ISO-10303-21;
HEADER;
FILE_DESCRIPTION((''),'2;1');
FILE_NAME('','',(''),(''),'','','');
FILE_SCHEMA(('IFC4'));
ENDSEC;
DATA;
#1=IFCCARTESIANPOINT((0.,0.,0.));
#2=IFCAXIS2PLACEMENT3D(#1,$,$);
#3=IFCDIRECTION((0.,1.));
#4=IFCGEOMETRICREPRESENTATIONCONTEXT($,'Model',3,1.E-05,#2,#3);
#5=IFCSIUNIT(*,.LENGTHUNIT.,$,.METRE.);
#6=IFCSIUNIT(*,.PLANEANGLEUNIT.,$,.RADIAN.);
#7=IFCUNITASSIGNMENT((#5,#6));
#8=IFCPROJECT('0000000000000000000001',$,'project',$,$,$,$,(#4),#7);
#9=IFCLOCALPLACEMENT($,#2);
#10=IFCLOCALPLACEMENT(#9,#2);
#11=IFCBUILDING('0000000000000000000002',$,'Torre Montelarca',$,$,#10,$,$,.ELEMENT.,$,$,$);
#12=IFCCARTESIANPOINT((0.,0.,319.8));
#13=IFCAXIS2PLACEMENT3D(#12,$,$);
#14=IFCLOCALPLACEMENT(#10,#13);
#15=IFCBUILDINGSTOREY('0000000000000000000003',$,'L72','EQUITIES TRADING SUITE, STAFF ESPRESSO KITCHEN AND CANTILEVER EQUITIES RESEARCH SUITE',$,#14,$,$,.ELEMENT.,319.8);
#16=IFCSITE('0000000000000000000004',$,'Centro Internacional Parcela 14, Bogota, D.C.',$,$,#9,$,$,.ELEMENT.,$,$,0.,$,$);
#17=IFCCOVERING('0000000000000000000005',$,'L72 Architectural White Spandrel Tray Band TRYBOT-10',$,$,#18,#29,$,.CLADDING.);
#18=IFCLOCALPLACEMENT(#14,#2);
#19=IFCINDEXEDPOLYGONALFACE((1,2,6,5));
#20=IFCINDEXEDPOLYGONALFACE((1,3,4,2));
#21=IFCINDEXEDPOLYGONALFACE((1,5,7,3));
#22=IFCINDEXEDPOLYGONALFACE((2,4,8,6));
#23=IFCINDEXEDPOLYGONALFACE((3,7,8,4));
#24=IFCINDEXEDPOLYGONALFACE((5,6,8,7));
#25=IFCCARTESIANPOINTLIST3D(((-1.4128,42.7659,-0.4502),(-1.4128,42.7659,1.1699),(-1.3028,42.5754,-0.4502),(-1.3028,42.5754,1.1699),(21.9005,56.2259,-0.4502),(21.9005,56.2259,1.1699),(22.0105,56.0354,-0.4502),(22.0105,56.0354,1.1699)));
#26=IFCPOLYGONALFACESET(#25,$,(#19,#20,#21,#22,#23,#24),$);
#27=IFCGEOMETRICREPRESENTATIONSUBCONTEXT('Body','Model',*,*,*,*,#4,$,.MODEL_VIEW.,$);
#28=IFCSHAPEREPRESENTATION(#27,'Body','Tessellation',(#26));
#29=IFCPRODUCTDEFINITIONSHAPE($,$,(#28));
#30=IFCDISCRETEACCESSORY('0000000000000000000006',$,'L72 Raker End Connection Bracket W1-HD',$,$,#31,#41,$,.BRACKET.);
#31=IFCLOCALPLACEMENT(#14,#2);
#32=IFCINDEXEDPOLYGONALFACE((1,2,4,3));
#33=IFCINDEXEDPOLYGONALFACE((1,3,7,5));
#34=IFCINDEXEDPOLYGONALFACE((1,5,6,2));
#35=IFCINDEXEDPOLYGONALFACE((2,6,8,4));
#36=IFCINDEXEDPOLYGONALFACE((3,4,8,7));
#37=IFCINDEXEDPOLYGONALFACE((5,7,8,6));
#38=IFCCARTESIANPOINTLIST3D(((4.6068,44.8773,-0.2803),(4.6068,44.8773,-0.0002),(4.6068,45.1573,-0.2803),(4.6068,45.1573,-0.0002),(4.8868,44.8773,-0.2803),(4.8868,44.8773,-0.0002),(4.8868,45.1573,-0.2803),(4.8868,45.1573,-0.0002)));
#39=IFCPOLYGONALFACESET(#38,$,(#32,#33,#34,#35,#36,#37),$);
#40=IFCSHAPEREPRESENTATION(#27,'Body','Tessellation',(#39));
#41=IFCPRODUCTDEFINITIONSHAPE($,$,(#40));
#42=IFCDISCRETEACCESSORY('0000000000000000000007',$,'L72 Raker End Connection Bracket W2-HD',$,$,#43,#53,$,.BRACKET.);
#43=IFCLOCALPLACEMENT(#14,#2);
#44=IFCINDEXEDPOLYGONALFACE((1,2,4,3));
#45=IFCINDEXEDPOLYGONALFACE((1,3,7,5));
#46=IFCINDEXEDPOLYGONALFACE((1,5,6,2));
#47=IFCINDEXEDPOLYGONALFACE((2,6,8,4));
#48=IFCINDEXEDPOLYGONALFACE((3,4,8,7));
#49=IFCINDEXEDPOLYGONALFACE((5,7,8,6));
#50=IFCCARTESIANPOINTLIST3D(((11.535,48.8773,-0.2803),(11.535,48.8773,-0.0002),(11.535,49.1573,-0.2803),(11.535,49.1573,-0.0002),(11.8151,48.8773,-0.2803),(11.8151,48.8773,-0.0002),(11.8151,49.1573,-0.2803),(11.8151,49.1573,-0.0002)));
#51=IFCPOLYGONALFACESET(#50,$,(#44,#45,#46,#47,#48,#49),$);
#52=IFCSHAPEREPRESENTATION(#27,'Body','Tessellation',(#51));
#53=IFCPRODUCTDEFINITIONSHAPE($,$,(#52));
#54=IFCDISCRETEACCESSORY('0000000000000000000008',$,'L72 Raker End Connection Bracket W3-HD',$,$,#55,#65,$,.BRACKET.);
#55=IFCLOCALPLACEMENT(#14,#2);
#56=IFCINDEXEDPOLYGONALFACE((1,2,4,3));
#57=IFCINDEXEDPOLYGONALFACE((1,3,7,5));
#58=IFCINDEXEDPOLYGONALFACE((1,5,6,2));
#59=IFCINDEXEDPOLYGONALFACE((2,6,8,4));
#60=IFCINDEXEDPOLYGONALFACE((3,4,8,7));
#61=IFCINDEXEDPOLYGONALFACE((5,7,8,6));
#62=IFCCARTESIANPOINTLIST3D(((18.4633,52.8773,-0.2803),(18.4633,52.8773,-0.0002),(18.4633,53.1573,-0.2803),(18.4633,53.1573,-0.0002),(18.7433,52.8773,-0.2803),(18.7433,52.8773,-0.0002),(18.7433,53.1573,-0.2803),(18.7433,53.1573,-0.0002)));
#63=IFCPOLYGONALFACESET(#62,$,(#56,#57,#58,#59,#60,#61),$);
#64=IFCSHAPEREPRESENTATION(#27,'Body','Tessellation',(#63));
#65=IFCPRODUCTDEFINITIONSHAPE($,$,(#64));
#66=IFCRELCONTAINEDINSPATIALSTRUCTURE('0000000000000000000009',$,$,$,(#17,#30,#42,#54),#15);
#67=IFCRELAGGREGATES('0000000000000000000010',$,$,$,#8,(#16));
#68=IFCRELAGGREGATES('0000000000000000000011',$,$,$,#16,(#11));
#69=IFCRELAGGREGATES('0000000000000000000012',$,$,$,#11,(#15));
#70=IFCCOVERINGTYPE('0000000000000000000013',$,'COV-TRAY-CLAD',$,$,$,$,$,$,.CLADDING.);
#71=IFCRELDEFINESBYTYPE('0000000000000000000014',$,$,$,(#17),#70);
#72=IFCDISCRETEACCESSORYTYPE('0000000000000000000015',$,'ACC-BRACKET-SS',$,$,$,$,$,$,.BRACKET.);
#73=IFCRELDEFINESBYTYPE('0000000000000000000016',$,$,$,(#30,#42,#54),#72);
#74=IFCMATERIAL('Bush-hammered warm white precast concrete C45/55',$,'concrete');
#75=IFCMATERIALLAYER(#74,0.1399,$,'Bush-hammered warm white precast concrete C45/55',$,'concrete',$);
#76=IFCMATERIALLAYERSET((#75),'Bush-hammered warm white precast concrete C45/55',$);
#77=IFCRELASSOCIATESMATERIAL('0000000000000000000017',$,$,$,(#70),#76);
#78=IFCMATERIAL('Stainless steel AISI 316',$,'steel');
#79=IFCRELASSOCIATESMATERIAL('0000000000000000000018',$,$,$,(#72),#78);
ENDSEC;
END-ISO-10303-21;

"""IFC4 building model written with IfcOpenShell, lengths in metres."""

from ifc_helpers import new_model, si_unit, direction, frame, origin, origin_2d, place, context, subcontext, project, spatial, rectangle, extrude, source, transform, mapped, material, layer, layer_set, type_object, element, save


model = new_model("IFC4")

# Units and contexts
model_context = context("Model", 3, precision=1e-05, world=origin(), true_north=direction((0.0, 1.0)))
body_context = subcontext(model_context, "Body", "Model", "MODEL_VIEW")
ifc_project = project(units=[si_unit("LENGTHUNIT", "METRE"), si_unit("PLANEANGLEUNIT", "RADIAN")], contexts=[model_context])

# Site, building, storey
site_placement = place(None, origin())
site = spatial("IfcSite", under=ifc_project, at=site_placement, Name="Centro Internacional Parcela 14, Bogota, D.C.", CompositionType="ELEMENT", RefElevation=0.0)
building_placement = place(site_placement, origin())
building = spatial("IfcBuilding", under=site, at=building_placement, Name="Torre Montelarca", CompositionType="ELEMENT")
storey_placement = place(building_placement, frame((0.0, 0.0, 319.8)))
storey = spatial("IfcBuildingStorey", under=building, at=storey_placement, Name="L72", Description="EQUITIES TRADING SUITE, STAFF ESPRESSO KITCHEN AND CANTILEVER EQUITIES RESEARCH SUITE", CompositionType="ELEMENT", Elevation=319.8)

# Covering
ifc_material_1 = material(Name="Bush-hammered warm white precast concrete C45/55", Category="concrete")
ifc_layer_1 = layer(ifc_material_1, 0.1399, Name="Bush-hammered warm white precast concrete C45/55", Category="concrete")
ifc_layer_set_1 = layer_set([ifc_layer_1], Name="Bush-hammered warm white precast concrete C45/55")
covering_type = type_object("IfcCoveringType", Name="COV-TRAY-CLAD", PredefinedType="CLADDING", material=ifc_layer_set_1)
shared_shape_1 = source(origin(), body_context, "Body", "SweptSolid", [
    extrude(rectangle(XDim=26.9199, YDim=0.22, at=origin_2d()), origin(), (0.0, 0.0, 1.0), 1.6201),
])
covering_placement = place(storey_placement, frame((10.2988, 49.4006, -0.4502), z_axis=(0.0, 0.0, 1.0), x_axis=(-0.866025, -0.5, 0.0)))
element("IfcCovering", 1, at=covering_placement, inside=storey, type_object=covering_type, Name="L72 Architectural White Spandrel Tray Band TRYBOT-10", PredefinedType="CLADDING", context=body_context, shape_type="MappedRepresentation", body=[
    mapped(shared_shape_1, transform((0.0, 0.0, 0.0), scale=1.0)),
])

# Discrete accessories
ifc_material_2 = material(Name="Stainless steel AISI 316", Category="steel")
discrete_accessory_type = type_object("IfcDiscreteAccessoryType", Name="ACC-BRACKET-SS", PredefinedType="BRACKET", material=ifc_material_2)
shared_shape_2 = source(origin(), body_context, "Body", "SweptSolid", [
    extrude(rectangle(XDim=0.28, YDim=0.28, at=origin_2d()), origin(), (0.0, 0.0, 1.0), 0.28),
])
for number, where, z_axis, x_axis, name in (
    (2, (4.7468, 45.0173, -0.2803), (0.0, 0.0, 1.0), (1.0, 0.0, 0.0), "L72 Raker End Connection Bracket W1-HD"),
    (3, (11.675, 49.0173, -0.2803), (0.0, 0.0, 1.0), (1.0, 0.0, 0.0), "L72 Raker End Connection Bracket W2-HD"),
    (4, (18.6033, 53.0173, -0.2803), (0.0, 0.0, 1.0), (1.0, 0.0, 0.0), "L72 Raker End Connection Bracket W3-HD"),
):
    element("IfcDiscreteAccessory", number, at=place(storey_placement, frame(where, z_axis=z_axis, x_axis=x_axis)), inside=storey, type_object=discrete_accessory_type, Name=name, PredefinedType="BRACKET", context=body_context, shape_type="MappedRepresentation", body=[
        mapped(shared_shape_2, transform((0.0, 0.0, 0.0), scale=1.0)),
    ])

save(model, "model.ifc")
